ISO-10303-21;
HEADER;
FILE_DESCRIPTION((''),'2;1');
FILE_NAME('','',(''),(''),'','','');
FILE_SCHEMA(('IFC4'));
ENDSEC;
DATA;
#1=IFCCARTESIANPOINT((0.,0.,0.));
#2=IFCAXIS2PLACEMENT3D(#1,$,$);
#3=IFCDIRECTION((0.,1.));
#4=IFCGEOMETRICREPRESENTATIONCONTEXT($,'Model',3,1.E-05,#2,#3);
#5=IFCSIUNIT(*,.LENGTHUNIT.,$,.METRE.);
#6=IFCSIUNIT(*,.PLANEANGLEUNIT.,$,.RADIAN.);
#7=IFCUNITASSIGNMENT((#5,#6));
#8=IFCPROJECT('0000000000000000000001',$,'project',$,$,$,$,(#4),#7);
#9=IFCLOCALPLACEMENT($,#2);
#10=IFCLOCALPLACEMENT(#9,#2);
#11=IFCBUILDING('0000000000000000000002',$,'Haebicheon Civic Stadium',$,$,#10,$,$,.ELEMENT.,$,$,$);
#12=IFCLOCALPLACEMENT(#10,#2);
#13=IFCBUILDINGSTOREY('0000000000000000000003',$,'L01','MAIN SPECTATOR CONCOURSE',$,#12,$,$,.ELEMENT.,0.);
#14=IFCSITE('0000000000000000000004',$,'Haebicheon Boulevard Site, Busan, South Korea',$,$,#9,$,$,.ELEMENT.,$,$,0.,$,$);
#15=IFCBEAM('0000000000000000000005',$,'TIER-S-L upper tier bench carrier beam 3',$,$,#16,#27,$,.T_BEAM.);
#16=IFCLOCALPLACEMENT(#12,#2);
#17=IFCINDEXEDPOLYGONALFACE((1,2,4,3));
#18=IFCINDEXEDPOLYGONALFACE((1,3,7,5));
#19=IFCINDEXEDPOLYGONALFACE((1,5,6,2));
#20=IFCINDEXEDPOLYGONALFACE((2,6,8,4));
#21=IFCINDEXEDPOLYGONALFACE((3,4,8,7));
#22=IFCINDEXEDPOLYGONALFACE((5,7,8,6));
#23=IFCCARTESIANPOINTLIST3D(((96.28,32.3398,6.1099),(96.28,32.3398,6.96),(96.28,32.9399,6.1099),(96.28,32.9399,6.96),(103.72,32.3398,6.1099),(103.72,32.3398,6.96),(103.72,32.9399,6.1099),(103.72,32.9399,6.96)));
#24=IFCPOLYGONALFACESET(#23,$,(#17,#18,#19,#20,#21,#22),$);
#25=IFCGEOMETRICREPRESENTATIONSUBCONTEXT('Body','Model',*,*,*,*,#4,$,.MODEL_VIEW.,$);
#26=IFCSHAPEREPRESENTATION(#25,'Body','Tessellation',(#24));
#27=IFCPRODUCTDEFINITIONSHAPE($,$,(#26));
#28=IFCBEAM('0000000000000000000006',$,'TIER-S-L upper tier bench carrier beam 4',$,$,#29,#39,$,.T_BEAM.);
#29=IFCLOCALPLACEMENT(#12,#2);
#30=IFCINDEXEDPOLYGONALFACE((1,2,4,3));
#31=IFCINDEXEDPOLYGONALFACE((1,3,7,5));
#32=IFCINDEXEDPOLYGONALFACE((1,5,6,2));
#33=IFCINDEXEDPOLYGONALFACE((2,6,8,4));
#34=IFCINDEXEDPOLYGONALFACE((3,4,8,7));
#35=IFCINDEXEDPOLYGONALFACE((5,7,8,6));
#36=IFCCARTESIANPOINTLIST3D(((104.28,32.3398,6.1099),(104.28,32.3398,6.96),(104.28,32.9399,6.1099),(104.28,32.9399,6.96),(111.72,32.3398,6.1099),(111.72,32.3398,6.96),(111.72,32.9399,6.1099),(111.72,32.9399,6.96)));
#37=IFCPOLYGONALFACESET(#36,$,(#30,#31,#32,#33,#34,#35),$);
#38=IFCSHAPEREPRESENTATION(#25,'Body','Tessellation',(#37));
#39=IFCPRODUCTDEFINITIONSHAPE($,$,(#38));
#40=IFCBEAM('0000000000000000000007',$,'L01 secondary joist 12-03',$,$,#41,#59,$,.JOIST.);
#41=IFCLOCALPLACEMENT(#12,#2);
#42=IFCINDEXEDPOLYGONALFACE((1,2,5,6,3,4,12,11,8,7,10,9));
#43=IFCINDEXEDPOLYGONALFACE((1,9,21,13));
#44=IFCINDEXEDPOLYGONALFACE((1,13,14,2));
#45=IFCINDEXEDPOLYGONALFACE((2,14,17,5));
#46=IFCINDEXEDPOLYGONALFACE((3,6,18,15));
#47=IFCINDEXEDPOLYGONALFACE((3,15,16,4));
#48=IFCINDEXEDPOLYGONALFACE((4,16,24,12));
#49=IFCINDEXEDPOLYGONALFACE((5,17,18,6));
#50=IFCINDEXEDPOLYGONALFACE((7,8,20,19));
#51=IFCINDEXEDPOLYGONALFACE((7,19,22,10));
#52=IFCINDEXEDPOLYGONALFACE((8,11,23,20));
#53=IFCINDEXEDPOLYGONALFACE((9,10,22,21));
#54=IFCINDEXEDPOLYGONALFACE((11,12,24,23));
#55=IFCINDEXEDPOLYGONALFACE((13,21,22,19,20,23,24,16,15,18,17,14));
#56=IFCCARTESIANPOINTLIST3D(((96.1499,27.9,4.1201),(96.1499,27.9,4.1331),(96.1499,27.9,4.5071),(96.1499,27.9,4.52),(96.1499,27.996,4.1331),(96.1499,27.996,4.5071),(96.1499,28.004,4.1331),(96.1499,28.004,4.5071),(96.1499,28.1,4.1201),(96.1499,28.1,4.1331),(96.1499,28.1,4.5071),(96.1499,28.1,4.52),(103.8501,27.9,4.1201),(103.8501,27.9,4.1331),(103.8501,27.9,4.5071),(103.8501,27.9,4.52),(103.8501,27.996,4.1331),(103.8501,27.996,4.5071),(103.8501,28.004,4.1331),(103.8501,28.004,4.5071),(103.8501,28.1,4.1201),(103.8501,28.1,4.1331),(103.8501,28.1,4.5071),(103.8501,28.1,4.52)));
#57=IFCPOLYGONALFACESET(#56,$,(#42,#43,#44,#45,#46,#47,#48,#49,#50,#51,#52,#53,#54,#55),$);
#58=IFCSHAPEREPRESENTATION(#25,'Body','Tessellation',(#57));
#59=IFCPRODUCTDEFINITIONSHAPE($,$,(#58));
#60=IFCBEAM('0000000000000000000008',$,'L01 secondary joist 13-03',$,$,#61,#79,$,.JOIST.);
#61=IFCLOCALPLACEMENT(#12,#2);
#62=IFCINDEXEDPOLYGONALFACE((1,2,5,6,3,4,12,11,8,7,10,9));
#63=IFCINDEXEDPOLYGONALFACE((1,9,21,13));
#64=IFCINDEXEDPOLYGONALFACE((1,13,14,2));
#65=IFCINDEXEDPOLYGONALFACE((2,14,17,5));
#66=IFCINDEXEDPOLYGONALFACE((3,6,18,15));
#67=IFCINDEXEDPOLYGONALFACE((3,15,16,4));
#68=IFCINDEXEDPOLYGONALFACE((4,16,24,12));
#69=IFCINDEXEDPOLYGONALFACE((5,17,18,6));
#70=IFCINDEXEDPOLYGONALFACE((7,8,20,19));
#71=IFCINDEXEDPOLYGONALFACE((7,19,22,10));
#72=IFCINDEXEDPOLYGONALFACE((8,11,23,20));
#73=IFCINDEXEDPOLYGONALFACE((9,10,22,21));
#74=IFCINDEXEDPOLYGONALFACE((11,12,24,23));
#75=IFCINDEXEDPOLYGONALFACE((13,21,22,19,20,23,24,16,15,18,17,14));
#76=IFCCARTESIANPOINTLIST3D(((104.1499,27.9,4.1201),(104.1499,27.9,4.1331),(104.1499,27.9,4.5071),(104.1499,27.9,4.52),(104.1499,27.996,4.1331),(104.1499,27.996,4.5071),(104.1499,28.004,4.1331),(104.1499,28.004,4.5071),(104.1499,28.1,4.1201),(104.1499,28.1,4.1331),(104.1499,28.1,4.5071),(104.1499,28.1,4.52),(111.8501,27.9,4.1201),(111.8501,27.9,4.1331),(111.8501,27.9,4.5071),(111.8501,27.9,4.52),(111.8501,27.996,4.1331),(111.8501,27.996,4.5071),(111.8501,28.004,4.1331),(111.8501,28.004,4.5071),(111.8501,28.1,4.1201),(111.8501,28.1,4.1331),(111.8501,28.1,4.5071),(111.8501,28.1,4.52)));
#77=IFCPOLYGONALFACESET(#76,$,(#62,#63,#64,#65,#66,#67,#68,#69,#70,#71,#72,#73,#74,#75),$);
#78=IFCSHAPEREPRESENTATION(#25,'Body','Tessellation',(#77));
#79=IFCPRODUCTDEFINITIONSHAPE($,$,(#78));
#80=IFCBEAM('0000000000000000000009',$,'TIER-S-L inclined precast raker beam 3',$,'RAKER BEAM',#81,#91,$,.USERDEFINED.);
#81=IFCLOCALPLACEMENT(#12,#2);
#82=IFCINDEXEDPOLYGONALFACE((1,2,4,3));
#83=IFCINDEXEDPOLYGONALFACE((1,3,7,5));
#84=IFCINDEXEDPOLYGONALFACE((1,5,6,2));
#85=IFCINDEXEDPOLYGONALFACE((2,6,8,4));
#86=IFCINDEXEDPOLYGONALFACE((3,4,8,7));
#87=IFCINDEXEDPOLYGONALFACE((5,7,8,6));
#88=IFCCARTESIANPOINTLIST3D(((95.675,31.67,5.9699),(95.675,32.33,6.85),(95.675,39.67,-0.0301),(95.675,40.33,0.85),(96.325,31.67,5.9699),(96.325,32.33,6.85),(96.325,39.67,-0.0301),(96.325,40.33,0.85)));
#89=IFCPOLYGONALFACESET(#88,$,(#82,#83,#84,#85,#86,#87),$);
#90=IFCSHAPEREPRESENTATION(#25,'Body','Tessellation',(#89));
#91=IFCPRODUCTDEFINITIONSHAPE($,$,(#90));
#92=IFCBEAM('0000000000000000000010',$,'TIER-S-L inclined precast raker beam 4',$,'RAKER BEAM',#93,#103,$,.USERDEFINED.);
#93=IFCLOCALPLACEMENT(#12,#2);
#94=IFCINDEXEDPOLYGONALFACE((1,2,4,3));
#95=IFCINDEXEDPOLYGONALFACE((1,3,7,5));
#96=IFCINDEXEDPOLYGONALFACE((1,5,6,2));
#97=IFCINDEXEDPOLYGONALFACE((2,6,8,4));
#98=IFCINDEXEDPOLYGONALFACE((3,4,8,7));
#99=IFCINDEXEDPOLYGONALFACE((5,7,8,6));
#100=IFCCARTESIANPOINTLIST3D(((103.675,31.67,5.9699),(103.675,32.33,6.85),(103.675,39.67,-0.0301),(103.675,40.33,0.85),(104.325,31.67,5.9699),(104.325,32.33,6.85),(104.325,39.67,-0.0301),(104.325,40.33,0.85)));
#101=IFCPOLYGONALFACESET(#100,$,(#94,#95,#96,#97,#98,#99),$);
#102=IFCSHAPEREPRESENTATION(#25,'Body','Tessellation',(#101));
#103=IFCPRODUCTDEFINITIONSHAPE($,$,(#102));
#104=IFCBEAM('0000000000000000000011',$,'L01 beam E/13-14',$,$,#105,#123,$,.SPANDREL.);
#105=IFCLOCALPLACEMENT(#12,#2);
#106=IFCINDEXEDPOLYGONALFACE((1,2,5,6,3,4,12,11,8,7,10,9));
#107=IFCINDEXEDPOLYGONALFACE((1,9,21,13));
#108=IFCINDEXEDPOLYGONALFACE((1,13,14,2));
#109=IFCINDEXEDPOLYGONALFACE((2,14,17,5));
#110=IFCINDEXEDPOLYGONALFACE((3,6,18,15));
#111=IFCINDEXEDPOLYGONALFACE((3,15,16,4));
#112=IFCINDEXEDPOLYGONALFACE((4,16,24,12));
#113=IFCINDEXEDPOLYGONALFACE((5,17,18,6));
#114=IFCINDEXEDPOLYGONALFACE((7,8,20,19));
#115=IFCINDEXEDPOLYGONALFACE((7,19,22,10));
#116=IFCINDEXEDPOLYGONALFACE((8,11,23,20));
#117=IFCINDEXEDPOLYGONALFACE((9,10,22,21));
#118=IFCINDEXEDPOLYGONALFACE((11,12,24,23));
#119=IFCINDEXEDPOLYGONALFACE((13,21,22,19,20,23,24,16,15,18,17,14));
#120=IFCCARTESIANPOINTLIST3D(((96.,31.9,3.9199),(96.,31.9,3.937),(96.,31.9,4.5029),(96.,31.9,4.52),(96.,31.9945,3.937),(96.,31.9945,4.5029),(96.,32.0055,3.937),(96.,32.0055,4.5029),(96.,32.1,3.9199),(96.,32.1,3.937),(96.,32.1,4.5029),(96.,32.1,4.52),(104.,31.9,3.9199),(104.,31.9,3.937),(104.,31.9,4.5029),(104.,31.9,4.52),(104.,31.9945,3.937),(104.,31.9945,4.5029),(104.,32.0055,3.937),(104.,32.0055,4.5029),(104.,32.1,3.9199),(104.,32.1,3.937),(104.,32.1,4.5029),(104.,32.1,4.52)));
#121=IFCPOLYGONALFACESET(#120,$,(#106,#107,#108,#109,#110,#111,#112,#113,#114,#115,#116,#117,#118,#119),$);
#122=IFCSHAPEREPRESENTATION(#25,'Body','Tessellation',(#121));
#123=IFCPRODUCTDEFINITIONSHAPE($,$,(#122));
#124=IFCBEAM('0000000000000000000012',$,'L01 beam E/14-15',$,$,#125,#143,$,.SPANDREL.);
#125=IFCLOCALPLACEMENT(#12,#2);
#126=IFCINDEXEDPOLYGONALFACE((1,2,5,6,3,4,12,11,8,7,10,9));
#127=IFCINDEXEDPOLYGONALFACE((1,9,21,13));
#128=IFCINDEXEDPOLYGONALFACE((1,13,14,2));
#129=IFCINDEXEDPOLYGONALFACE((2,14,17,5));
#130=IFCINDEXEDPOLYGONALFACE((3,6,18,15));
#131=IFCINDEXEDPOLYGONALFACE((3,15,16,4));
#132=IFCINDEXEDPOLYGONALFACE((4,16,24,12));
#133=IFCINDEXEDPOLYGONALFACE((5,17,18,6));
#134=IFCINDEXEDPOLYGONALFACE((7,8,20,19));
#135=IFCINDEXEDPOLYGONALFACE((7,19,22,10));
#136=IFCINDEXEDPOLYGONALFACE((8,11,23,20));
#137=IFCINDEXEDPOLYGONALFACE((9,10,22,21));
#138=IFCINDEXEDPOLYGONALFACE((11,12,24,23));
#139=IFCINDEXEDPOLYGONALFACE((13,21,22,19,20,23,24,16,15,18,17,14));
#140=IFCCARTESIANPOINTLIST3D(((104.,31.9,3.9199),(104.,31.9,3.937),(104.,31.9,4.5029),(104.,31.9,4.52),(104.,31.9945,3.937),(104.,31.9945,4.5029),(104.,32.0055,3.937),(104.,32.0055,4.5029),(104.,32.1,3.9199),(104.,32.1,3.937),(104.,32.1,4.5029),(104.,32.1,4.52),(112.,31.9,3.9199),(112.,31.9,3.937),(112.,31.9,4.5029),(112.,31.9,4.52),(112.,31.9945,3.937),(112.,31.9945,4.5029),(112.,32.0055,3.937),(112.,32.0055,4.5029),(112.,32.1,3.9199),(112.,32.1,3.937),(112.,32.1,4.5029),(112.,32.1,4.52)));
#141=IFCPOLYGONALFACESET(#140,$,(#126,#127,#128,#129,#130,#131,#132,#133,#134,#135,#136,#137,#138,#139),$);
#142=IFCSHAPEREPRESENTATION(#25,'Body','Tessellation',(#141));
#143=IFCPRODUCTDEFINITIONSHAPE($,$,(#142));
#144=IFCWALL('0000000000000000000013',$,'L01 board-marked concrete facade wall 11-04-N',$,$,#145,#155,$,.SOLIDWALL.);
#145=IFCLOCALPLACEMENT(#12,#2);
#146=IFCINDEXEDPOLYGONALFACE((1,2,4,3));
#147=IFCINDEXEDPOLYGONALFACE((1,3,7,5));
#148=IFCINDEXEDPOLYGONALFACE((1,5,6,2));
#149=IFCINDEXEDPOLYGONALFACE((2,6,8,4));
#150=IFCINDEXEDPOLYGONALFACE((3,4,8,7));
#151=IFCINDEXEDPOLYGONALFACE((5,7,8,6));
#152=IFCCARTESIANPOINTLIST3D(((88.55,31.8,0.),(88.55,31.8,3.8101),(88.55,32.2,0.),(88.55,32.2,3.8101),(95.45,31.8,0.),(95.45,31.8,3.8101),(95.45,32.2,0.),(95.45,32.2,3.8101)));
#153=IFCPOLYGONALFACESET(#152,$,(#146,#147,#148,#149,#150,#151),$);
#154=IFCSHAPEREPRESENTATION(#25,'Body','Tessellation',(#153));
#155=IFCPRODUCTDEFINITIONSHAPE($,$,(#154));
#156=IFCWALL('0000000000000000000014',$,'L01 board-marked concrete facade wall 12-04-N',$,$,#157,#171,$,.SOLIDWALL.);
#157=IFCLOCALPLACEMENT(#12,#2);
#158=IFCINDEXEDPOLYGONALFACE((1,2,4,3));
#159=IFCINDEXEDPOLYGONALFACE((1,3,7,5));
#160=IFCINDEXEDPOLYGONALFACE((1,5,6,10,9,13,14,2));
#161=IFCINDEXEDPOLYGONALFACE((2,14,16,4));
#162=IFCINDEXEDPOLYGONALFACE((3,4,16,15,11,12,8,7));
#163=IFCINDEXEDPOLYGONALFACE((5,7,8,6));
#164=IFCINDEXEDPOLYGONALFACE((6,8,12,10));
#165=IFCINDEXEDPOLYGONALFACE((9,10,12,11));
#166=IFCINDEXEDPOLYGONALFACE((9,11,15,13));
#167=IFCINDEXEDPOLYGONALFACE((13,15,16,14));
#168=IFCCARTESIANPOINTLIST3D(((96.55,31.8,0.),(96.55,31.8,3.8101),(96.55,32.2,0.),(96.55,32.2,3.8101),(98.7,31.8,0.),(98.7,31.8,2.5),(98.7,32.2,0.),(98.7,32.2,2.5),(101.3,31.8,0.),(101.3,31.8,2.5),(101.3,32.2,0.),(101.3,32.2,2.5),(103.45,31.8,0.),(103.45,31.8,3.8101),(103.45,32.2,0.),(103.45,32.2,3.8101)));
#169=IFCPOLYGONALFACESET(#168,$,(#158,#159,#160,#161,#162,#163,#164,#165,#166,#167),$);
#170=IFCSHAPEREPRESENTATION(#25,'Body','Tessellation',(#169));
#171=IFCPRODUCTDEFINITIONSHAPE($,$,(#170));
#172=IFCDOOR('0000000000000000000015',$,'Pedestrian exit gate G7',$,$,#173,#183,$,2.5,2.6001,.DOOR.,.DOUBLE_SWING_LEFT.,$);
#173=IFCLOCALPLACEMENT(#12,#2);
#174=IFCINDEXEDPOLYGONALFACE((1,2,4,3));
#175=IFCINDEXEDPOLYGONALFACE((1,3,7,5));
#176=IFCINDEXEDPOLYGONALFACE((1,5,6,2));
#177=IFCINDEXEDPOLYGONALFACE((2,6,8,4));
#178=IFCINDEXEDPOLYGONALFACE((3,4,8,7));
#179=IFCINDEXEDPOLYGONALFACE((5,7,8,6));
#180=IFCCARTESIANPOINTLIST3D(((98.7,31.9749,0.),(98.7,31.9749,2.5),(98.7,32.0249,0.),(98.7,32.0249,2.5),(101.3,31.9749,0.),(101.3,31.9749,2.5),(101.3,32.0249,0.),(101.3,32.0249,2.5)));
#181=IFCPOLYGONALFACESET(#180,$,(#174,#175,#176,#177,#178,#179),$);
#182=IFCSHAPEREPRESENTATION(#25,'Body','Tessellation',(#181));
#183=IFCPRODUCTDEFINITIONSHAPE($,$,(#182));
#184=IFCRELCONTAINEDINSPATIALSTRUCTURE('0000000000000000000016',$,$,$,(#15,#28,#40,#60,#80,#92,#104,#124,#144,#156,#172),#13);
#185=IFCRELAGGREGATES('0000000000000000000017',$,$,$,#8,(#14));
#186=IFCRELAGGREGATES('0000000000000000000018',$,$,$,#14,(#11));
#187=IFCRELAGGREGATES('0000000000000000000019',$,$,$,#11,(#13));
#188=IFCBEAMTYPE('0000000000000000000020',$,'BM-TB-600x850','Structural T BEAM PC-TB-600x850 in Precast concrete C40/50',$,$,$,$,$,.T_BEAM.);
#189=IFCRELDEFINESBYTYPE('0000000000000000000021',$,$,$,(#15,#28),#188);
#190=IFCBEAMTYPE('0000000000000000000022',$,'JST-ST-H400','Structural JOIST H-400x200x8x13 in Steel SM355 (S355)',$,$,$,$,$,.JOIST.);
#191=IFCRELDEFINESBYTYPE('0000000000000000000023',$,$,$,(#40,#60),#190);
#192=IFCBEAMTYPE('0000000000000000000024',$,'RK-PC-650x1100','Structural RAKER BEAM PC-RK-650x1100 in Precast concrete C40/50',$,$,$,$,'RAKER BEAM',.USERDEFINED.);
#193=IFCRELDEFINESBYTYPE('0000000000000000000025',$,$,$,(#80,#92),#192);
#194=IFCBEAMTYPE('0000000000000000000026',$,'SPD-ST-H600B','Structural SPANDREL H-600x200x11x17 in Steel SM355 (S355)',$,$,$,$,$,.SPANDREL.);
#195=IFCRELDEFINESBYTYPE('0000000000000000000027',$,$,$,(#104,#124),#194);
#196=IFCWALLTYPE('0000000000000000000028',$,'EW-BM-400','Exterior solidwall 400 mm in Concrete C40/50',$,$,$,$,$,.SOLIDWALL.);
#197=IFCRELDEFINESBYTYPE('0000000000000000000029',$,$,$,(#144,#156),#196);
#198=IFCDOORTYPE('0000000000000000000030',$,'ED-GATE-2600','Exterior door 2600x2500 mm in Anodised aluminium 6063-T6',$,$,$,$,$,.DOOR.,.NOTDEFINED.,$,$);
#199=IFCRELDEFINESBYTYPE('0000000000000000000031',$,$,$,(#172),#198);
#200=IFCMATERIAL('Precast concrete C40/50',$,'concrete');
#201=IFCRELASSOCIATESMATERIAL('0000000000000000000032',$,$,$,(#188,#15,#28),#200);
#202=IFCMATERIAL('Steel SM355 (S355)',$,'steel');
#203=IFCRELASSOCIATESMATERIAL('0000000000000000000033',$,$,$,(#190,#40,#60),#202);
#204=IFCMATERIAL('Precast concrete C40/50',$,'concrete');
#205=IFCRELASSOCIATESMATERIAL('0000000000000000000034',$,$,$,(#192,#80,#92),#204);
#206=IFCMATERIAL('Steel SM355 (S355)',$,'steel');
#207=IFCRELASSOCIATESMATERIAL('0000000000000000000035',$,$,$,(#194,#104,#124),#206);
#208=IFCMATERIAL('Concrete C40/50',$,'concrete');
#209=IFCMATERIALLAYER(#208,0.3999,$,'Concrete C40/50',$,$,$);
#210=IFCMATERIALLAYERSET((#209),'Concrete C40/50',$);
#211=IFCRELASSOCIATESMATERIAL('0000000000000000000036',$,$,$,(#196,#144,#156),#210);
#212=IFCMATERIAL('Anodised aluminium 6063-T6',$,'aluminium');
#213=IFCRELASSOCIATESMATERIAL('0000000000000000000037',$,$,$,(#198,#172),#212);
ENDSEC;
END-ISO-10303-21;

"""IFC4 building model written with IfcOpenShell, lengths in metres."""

from ifc_helpers import new_model, si_unit, direction, frame, frame_2d, origin, origin_2d, place, context, subcontext, project, spatial, rectangle, i_section, extrude, material, layer, layer_set, material_profile, profile_set, type_object, element, fill, save


model = new_model("IFC4")

# Units and contexts
model_context = context("Model", 3, precision=1e-05, world=origin(), true_north=direction((0.0, 1.0)))
body_context = subcontext(model_context, "Body", "Model", "MODEL_VIEW")
ifc_project = project(units=[si_unit("LENGTHUNIT", "METRE"), si_unit("PLANEANGLEUNIT", "RADIAN")], contexts=[model_context])

# Site, building, storey
site_placement = place(None, origin())
site = spatial("IfcSite", under=ifc_project, at=site_placement, Name="Haebicheon Boulevard Site, Busan, South Korea", CompositionType="ELEMENT", RefElevation=0.0)
building_placement = place(site_placement, origin())
building = spatial("IfcBuilding", under=site, at=building_placement, Name="Haebicheon Civic Stadium", CompositionType="ELEMENT")
storey_placement = place(building_placement, origin())
storey = spatial("IfcBuildingStorey", under=building, at=storey_placement, Name="L01", Description="MAIN SPECTATOR CONCOURSE", CompositionType="ELEMENT", Elevation=0.0)

# Beams
ifc_material_1 = material(Name="Precast concrete C40/50", Category="concrete")
ifc_material_profile_1 = material_profile(ifc_material_1, rectangle(XDim=0.6001, YDim=0.8501, at=origin_2d()), Name="PC-TB-600x850")
ifc_profile_set_1 = profile_set([ifc_material_profile_1], Name="Precast concrete C40/50")
beam_type_1 = type_object("IfcBeamType", Name="BM-TB-600x850", Description="Structural T BEAM PC-TB-600x850 in Precast concrete C40/50", PredefinedType="T_BEAM", material=ifc_profile_set_1)
for number, where, z_axis, x_axis, name in (
    (1, (96.28, 32.6399, 6.5349), (1.0, 0.0, 0.0), (0.0, 1.0, 0.0), "TIER-S-L upper tier bench carrier beam 3"),
    (2, (104.28, 32.6399, 6.5349), (1.0, 0.0, 0.0), (0.0, 1.0, 0.0), "TIER-S-L upper tier bench carrier beam 4"),
):
    element("IfcBeam", number, at=place(storey_placement, frame(where, z_axis=z_axis, x_axis=x_axis)), inside=storey, type_object=beam_type_1, material=ifc_profile_set_1, Name=name, PredefinedType="T_BEAM", context=body_context, shape_type="SweptSolid", body=[
        extrude(rectangle(XDim=0.6001, YDim=0.8501, at=origin_2d()), origin(), (0.0, 0.0, 1.0), 7.4399),
    ])
ifc_material_2 = material(Name="Steel SM355 (S355)", Category="steel")
ifc_material_profile_2 = material_profile(ifc_material_2, i_section(OverallWidth=0.2, OverallDepth=0.3999, WebThickness=0.0081, FlangeThickness=0.0129, at=origin_2d()), Name="H-400x200x8x13")
ifc_profile_set_2 = profile_set([ifc_material_profile_2], Name="Steel SM355 (S355)")
beam_type_2 = type_object("IfcBeamType", Name="JST-ST-H400", Description="Structural JOIST H-400x200x8x13 in Steel SM355 (S355)", PredefinedType="JOIST", material=ifc_profile_set_2)
for number, where, z_axis, x_axis, name in (
    (3, (96.1499, 28.0, 4.3201), (1.0, 0.0, 0.0), (0.0, 1.0, 0.0), "L01 secondary joist 12-03"),
    (4, (104.1499, 28.0, 4.3201), (1.0, 0.0, 0.0), (0.0, 1.0, 0.0), "L01 secondary joist 13-03"),
):
    element("IfcBeam", number, at=place(storey_placement, frame(where, z_axis=z_axis, x_axis=x_axis)), inside=storey, type_object=beam_type_2, material=ifc_profile_set_2, Name=name, PredefinedType="JOIST", context=body_context, shape_type="SweptSolid", body=[
        extrude(i_section(OverallWidth=0.2, OverallDepth=0.3999, WebThickness=0.0081, FlangeThickness=0.0129, at=origin_2d()), origin(), (0.0, 0.0, 1.0), 7.7002),
    ])
ifc_material_3 = material(Name="Precast concrete C40/50", Category="concrete")
ifc_material_profile_3 = material_profile(ifc_material_3, rectangle(XDim=0.6499, YDim=1.1001, at=origin_2d()), Name="PC-RK-650x1100")
ifc_profile_set_3 = profile_set([ifc_material_profile_3], Name="Precast concrete C40/50")
beam_type_3 = type_object("IfcBeamType", Name="RK-PC-650x1100", Description="Structural RAKER BEAM PC-RK-650x1100 in Precast concrete C40/50", ElementType="RAKER BEAM", PredefinedType="USERDEFINED", material=ifc_profile_set_3)
for number, where, z_axis, x_axis, name in (
    (5, (96.0, 40.0, 0.4099), (0.0, -0.8, 0.6), (1.0, 0.0, 0.0), "TIER-S-L inclined precast raker beam 3"),
    (6, (104.0, 40.0, 0.4099), (0.0, -0.8, 0.6), (1.0, 0.0, 0.0), "TIER-S-L inclined precast raker beam 4"),
):
    element("IfcBeam", number, at=place(storey_placement, frame(where, z_axis=z_axis, x_axis=x_axis)), inside=storey, type_object=beam_type_3, material=ifc_profile_set_3, Name=name, ObjectType="RAKER BEAM", PredefinedType="USERDEFINED", context=body_context, shape_type="SweptSolid", body=[
        extrude(rectangle(XDim=0.6499, YDim=1.1001, at=origin_2d()), origin(), (0.0, 0.0, 1.0), 10.0),
    ])
ifc_material_4 = material(Name="Steel SM355 (S355)", Category="steel")
ifc_material_profile_4 = material_profile(ifc_material_4, i_section(OverallWidth=0.2, OverallDepth=0.6001, WebThickness=0.011, FlangeThickness=0.0171, at=origin_2d()), Name="H-600x200x11x17")
ifc_profile_set_4 = profile_set([ifc_material_profile_4], Name="Steel SM355 (S355)")
beam_type_4 = type_object("IfcBeamType", Name="SPD-ST-H600B", Description="Structural SPANDREL H-600x200x11x17 in Steel SM355 (S355)", PredefinedType="SPANDREL", material=ifc_profile_set_4)
for number, where, z_axis, x_axis, name in (
    (7, (96.0, 32.0, 4.22), (1.0, 0.0, 0.0), (0.0, 1.0, 0.0), "L01 beam E/13-14"),
    (8, (104.0, 32.0, 4.22), (1.0, 0.0, 0.0), (0.0, 1.0, 0.0), "L01 beam E/14-15"),
):
    element("IfcBeam", number, at=place(storey_placement, frame(where, z_axis=z_axis, x_axis=x_axis)), inside=storey, type_object=beam_type_4, material=ifc_profile_set_4, Name=name, PredefinedType="SPANDREL", context=body_context, shape_type="SweptSolid", body=[
        extrude(i_section(OverallWidth=0.2, OverallDepth=0.6001, WebThickness=0.011, FlangeThickness=0.0171, at=origin_2d()), origin(), (0.0, 0.0, 1.0), 8.0),
    ])

# Wall
ifc_material_5 = material(Name="Concrete C40/50", Category="concrete")
ifc_layer = layer(ifc_material_5, 0.3999, Name="Concrete C40/50")
ifc_layer_set = layer_set([ifc_layer], Name="Concrete C40/50")
wall_type = type_object("IfcWallType", Name="EW-BM-400", Description="Exterior solidwall 400 mm in Concrete C40/50", PredefinedType="SOLIDWALL", material=ifc_layer_set)
wall_1_placement = place(storey_placement, frame((88.55, 32.0, 0.0), z_axis=(0.0, 0.0, 1.0), x_axis=(1.0, 0.0, 0.0)))
element("IfcWall", 9, at=wall_1_placement, inside=storey, type_object=wall_type, material=ifc_layer_set, Name="L01 board-marked concrete facade wall 11-04-N", PredefinedType="SOLIDWALL", context=body_context, shape_type="SweptSolid", body=[
    extrude(rectangle(XDim=6.8999, YDim=0.3999, at=frame_2d((3.45, 0.0))), origin(), (0.0, 0.0, 1.0), 3.8101),
])

# Wall, opening, door
wall_2_placement = place(storey_placement, frame((96.55, 32.0, 0.0), z_axis=(0.0, 0.0, 1.0), x_axis=(1.0, 0.0, 0.0)))
wall_2 = element("IfcWall", 10, at=wall_2_placement, inside=storey, type_object=wall_type, material=ifc_layer_set, Name="L01 board-marked concrete facade wall 12-04-N", PredefinedType="SOLIDWALL", context=body_context, shape_type="SweptSolid", body=[
    extrude(rectangle(XDim=6.8999, YDim=0.3999, at=frame_2d((3.45, 0.0))), origin(), (0.0, 0.0, 1.0), 3.8101),
])
opening_placement = place(wall_2_placement, frame((2.1499, 0.0, 0.0)))
opening = element("IfcOpeningElement", 11, at=opening_placement, cuts=wall_2, PredefinedType="OPENING", context=body_context, shape_type="SweptSolid", body=[
    extrude(rectangle(XDim=2.6001, YDim=2.5, at=frame_2d((1.3, 1.25))), frame((0.0, 0.21, 0.0), z_axis=(0.0, -1.0, 0.0), x_axis=(1.0, 0.0, 0.0)), (0.0, 0.0, 1.0), 0.4199),
])
ifc_material_6 = material(Name="Anodised aluminium 6063-T6", Category="aluminium")
door_type = type_object("IfcDoorType", Name="ED-GATE-2600", Description="Exterior door 2600x2500 mm in Anodised aluminium 6063-T6", OperationType="NOTDEFINED", PredefinedType="DOOR", material=ifc_material_6)
door_placement = place(opening_placement, origin())
door = element("IfcDoor", 12, at=door_placement, inside=storey, type_object=door_type, material=ifc_material_6, Name="Pedestrian exit gate G7", OperationType="DOUBLE_SWING_LEFT", OverallHeight=2.5, OverallWidth=2.6001, PredefinedType="DOOR", context=body_context, shape_type="SweptSolid", body=[
    extrude(rectangle(XDim=2.6001, YDim=2.5, at=frame_2d((1.3, 1.25))), frame((0.0, 0.0249, 0.0), z_axis=(0.0, -1.0, 0.0), x_axis=(1.0, 0.0, 0.0)), (0.0, 0.0, 1.0), 0.05),
])
fill(opening, door)

save(model, "model.ifc")
